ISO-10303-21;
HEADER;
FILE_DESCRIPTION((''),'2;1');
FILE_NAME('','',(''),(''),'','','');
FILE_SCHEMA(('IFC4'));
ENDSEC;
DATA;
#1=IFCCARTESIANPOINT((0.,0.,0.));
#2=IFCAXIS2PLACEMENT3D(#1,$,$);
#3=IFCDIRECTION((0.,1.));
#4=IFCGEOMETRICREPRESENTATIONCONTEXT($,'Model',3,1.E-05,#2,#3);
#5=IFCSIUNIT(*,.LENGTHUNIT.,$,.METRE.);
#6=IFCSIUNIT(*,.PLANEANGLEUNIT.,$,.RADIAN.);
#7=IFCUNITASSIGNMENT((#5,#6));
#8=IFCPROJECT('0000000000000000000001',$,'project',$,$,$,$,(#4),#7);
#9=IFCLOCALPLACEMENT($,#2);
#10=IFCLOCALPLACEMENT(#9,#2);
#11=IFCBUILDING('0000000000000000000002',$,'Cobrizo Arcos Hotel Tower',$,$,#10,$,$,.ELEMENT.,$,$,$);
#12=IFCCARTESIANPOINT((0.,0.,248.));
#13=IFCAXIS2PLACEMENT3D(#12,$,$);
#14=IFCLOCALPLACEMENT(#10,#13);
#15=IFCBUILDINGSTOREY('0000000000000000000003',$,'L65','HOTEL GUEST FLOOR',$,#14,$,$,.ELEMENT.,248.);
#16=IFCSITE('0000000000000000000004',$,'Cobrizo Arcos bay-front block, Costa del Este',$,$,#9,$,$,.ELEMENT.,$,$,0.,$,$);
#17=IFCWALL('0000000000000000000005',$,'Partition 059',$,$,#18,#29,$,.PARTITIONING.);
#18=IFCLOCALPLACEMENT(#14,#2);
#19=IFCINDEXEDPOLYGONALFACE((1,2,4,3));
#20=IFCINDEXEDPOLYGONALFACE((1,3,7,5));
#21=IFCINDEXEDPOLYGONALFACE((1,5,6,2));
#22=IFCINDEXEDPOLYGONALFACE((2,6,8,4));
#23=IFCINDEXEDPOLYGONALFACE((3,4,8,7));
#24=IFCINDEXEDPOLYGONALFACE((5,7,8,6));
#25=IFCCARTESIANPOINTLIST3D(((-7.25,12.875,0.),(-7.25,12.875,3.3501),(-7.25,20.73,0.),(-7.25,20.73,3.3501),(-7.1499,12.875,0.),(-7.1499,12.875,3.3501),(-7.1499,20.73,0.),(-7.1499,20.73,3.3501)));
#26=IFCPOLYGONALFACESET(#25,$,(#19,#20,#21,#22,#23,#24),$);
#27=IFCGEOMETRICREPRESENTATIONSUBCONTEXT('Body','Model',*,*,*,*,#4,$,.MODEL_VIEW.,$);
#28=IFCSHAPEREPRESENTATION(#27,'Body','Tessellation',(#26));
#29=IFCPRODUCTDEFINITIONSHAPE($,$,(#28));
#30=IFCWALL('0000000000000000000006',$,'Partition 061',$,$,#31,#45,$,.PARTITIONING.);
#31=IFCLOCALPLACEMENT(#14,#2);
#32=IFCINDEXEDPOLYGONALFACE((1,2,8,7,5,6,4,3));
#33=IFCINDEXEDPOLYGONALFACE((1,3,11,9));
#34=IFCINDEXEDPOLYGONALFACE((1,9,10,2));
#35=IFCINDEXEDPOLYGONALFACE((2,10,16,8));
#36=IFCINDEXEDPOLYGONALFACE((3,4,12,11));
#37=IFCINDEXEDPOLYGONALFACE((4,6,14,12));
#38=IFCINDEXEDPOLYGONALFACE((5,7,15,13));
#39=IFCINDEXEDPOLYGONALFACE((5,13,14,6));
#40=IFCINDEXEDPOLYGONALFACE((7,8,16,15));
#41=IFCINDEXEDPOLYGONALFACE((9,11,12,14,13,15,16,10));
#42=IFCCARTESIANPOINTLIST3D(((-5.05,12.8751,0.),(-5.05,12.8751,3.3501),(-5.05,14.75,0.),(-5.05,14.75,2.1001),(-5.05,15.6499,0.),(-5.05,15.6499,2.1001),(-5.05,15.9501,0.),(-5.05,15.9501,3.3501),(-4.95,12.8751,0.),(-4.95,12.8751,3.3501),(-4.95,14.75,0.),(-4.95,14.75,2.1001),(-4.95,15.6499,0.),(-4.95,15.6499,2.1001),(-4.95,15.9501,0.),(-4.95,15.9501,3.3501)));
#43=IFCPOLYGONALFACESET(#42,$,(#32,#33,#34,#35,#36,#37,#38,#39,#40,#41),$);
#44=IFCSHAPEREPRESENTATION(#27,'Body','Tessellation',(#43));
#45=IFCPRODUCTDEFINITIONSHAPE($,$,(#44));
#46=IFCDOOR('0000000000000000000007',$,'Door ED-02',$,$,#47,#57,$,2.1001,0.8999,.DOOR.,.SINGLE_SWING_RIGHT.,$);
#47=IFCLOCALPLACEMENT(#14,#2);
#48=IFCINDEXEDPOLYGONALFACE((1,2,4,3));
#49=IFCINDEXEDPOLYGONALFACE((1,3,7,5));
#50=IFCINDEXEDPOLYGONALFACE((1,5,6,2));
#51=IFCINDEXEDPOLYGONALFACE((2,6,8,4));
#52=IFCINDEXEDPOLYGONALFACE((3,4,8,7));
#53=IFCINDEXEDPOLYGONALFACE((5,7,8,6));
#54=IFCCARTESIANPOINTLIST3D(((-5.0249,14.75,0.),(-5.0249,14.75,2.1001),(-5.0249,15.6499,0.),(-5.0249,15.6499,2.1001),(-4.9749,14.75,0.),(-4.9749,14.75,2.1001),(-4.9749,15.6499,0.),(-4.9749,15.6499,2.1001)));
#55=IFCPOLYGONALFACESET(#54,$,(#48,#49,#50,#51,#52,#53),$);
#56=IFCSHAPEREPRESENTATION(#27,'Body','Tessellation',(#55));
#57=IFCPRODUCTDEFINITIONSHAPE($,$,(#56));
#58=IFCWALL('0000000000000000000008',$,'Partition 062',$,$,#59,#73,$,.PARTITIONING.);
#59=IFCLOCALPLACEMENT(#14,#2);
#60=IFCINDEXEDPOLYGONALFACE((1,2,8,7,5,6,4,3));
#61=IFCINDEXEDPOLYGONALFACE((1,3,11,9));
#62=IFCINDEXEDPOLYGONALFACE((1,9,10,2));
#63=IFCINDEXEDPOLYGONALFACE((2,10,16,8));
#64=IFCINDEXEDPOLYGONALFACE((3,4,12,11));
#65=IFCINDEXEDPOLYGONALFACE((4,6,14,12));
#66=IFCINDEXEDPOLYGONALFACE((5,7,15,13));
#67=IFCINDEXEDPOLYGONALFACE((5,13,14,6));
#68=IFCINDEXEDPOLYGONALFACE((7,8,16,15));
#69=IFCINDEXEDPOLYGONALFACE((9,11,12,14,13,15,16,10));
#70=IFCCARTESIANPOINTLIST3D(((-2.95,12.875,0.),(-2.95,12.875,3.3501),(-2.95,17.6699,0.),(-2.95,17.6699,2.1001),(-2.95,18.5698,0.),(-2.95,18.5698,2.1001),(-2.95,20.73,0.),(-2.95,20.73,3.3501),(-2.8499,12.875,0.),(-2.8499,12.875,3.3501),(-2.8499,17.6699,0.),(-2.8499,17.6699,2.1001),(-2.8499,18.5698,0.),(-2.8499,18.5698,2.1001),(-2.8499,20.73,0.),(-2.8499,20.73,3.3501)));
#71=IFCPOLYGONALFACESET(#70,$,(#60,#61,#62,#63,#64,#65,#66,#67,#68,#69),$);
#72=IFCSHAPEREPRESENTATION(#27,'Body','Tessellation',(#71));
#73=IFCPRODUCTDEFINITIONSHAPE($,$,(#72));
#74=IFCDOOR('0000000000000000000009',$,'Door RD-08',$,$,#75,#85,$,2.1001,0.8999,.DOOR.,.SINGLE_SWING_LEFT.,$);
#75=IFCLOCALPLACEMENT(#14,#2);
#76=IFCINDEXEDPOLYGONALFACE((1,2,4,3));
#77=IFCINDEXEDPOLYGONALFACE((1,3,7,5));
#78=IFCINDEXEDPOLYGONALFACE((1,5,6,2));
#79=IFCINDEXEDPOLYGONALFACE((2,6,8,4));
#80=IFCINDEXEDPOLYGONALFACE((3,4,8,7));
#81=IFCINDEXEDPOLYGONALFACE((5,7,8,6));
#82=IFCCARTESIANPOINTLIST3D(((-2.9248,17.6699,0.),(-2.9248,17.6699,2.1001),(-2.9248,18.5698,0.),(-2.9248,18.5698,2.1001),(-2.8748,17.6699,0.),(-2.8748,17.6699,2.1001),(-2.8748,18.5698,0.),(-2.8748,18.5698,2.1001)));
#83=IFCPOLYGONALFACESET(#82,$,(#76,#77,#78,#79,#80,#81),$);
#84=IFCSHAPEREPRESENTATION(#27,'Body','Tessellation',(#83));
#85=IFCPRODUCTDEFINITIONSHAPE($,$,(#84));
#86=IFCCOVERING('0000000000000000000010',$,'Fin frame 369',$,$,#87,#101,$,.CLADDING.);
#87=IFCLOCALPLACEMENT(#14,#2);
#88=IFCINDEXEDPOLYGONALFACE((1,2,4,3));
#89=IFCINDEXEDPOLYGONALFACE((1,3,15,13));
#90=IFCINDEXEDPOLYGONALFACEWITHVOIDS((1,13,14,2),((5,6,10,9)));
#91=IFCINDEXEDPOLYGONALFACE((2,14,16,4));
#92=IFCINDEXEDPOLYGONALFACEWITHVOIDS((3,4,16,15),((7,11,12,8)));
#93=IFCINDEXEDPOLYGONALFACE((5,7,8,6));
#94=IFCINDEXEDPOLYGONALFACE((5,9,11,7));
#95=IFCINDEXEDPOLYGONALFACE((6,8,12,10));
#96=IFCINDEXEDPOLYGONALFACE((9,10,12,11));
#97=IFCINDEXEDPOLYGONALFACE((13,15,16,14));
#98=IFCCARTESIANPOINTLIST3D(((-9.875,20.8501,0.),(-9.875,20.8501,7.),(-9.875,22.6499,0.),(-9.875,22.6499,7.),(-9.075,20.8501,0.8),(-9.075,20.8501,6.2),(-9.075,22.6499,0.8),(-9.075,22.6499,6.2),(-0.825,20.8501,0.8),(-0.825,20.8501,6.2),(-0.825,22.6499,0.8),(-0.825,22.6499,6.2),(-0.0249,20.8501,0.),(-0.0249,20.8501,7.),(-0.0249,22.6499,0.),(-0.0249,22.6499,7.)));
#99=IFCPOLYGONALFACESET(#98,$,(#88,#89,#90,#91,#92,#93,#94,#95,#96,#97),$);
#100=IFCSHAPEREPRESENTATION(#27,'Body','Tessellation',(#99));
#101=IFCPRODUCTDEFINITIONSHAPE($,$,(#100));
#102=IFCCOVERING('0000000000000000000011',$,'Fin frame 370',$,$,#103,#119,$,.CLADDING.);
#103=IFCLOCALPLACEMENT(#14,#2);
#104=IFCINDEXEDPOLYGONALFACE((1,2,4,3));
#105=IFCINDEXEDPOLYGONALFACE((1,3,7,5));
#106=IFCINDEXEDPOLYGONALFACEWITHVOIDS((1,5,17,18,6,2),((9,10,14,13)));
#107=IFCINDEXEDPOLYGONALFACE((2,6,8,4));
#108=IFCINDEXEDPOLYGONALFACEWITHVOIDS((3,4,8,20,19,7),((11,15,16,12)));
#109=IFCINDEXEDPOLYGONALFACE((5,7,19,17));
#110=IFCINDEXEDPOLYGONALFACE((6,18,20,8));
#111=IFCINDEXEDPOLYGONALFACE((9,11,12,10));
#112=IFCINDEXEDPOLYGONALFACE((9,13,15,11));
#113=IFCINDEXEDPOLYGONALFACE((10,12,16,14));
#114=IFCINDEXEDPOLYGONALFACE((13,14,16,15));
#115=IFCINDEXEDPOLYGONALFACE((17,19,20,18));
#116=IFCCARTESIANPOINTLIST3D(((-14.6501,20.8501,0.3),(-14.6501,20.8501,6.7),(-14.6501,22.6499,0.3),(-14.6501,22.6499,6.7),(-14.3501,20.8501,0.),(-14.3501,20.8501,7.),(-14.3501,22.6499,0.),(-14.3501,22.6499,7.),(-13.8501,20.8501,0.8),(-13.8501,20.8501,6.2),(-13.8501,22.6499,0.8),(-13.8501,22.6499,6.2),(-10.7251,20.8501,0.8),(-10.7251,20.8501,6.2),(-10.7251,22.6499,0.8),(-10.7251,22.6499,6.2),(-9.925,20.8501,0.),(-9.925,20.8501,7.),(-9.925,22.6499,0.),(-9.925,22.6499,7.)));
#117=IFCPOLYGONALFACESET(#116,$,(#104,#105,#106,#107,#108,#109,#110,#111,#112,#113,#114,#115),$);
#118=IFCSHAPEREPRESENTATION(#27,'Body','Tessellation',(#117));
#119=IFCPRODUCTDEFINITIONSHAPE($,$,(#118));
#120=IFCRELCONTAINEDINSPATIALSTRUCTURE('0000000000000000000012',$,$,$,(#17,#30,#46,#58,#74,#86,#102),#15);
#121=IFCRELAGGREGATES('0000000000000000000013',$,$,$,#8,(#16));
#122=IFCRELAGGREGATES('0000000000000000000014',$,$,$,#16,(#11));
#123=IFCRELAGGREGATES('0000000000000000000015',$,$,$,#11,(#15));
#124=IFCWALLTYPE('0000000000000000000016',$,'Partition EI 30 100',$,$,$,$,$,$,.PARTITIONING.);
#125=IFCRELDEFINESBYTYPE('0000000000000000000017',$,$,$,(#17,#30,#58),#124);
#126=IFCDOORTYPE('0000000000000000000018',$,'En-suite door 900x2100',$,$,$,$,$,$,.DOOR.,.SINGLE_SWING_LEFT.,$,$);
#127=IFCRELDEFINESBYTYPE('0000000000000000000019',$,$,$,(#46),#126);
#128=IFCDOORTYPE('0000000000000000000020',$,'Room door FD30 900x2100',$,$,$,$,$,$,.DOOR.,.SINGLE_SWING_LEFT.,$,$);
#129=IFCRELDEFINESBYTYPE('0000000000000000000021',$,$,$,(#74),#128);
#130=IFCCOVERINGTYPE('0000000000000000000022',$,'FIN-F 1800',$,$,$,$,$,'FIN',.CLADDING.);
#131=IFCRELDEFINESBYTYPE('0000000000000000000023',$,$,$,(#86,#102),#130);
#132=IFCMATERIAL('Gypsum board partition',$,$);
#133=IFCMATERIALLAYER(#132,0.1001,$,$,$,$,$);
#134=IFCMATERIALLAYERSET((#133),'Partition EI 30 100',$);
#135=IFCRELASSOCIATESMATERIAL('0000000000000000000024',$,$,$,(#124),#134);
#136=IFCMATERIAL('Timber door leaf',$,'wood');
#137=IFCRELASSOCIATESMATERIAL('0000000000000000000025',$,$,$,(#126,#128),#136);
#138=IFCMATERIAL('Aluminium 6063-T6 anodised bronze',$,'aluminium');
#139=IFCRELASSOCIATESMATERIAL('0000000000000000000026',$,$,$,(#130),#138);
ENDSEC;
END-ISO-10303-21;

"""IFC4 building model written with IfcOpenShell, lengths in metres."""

from ifc_helpers import new_model, si_unit, direction, frame, frame_2d, origin, place, context, subcontext, project, spatial, polyline, rectangle, outline, extrude, material, layer, layer_set, type_object, element, fill, save


model = new_model("IFC4")

# Units and contexts
model_context = context("Model", 3, precision=1e-05, world=origin(), true_north=direction((0.0, 1.0)))
body_context = subcontext(model_context, "Body", "Model", "MODEL_VIEW")
ifc_project = project(units=[si_unit("LENGTHUNIT", "METRE"), si_unit("PLANEANGLEUNIT", "RADIAN")], contexts=[model_context])

# Site, building, storey
site_placement = place(None, origin())
site = spatial("IfcSite", under=ifc_project, at=site_placement, Name="Cobrizo Arcos bay-front block, Costa del Este", CompositionType="ELEMENT", RefElevation=0.0)
building_placement = place(site_placement, origin())
building = spatial("IfcBuilding", under=site, at=building_placement, Name="Cobrizo Arcos Hotel Tower", CompositionType="ELEMENT")
storey_placement = place(building_placement, frame((0.0, 0.0, 248.0)))
storey = spatial("IfcBuildingStorey", under=building, at=storey_placement, Name="L65", Description="HOTEL GUEST FLOOR", CompositionType="ELEMENT", Elevation=248.0)

# Shared definitions
ifc_material_1 = material(Name="Aluminium 6063-T6 anodised bronze", Category="aluminium")

# Shared definitions
ifc_material_2 = material(Name="Gypsum board partition")
ifc_layer_1 = layer(ifc_material_2, 0.1001)
ifc_layer_set_1 = layer_set([ifc_layer_1], Name="Partition EI 30 100")
wall_type = type_object("IfcWallType", Name="Partition EI 30 100", PredefinedType="PARTITIONING", material=ifc_layer_set_1)

# Shared definitions
ifc_material_3 = material(Name="Timber door leaf", Category="wood")
door_type_1 = type_object("IfcDoorType", Name="En-suite door 900x2100", OperationType="SINGLE_SWING_LEFT", PredefinedType="DOOR", material=ifc_material_3)

# Wall
wall_1_placement = place(storey_placement, frame((-7.2, 12.875, 0.0), z_axis=(0.0, 0.0, 1.0), x_axis=(0.0, 1.0, 0.0)))
element("IfcWall", 1, at=wall_1_placement, inside=storey, type_object=wall_type, Name="Partition 059", PredefinedType="PARTITIONING", context=body_context, shape_type="SweptSolid", body=[
    extrude(rectangle(XDim=7.855, YDim=0.1001, at=frame_2d((3.9275, 0.0))), origin(), (0.0, 0.0, 1.0), 3.3501),
])

# Walls, openings, doors
wall_2_placement = place(storey_placement, frame((-5.0, 12.875, 0.0), z_axis=(0.0, 0.0, 1.0), x_axis=(0.0, 1.0, 0.0)))
wall_2 = element("IfcWall", 2, at=wall_2_placement, inside=storey, type_object=wall_type, Name="Partition 061", PredefinedType="PARTITIONING", context=body_context, shape_type="SweptSolid", body=[
    extrude(rectangle(XDim=3.075, YDim=0.1001, at=frame_2d((1.5376, 0.0))), origin(), (0.0, 0.0, 1.0), 3.3501),
])
opening_1_placement = place(wall_2_placement, frame((1.875, 0.0, 0.0)))
opening_1 = element("IfcOpeningElement", 3, at=opening_1_placement, cuts=wall_2, PredefinedType="OPENING", context=body_context, shape_type="SweptSolid", body=[
    extrude(rectangle(XDim=0.8999, YDim=2.1001, at=frame_2d((0.45, 1.05))), frame((0.0, 0.062, 0.0), z_axis=(0.0, -1.0, 0.0), x_axis=(1.0, 0.0, 0.0)), (0.0, 0.0, 1.0), 0.124),
])
door_1_placement = place(opening_1_placement, origin())
door_1 = element("IfcDoor", 4, at=door_1_placement, inside=storey, type_object=door_type_1, Name="Door ED-02", OperationType="SINGLE_SWING_RIGHT", OverallHeight=2.1001, OverallWidth=0.8999, PredefinedType="DOOR", context=body_context, shape_type="SweptSolid", body=[
    extrude(rectangle(XDim=0.8999, YDim=2.1001, at=frame_2d((0.45, 1.05))), frame((0.0, 0.0249, 0.0), z_axis=(0.0, -1.0, 0.0), x_axis=(1.0, 0.0, 0.0)), (0.0, 0.0, 1.0), 0.05),
])
fill(opening_1, door_1)
wall_3_placement = place(storey_placement, frame((-2.8999, 12.875, 0.0), z_axis=(0.0, 0.0, 1.0), x_axis=(0.0, 1.0, 0.0)))
wall_3 = element("IfcWall", 5, at=wall_3_placement, inside=storey, type_object=wall_type, Name="Partition 062", PredefinedType="PARTITIONING", context=body_context, shape_type="SweptSolid", body=[
    extrude(rectangle(XDim=7.855, YDim=0.1001, at=frame_2d((3.9275, 0.0))), origin(), (0.0, 0.0, 1.0), 3.3501),
])
opening_2_placement = place(wall_3_placement, frame((4.7949, 0.0, 0.0)))
opening_2 = element("IfcOpeningElement", 6, at=opening_2_placement, cuts=wall_3, PredefinedType="OPENING", context=body_context, shape_type="SweptSolid", body=[
    extrude(rectangle(XDim=0.8999, YDim=2.1001, at=frame_2d((0.45, 1.05))), frame((0.0, 0.062, 0.0), z_axis=(0.0, -1.0, 0.0), x_axis=(1.0, 0.0, 0.0)), (0.0, 0.0, 1.0), 0.124),
])
door_type_2 = type_object("IfcDoorType", Name="Room door FD30 900x2100", OperationType="SINGLE_SWING_LEFT", PredefinedType="DOOR", material=ifc_material_3)
door_2_placement = place(opening_2_placement, origin())
door_2 = element("IfcDoor", 7, at=door_2_placement, inside=storey, type_object=door_type_2, Name="Door RD-08", OperationType="SINGLE_SWING_LEFT", OverallHeight=2.1001, OverallWidth=0.8999, PredefinedType="DOOR", context=body_context, shape_type="SweptSolid", body=[
    extrude(rectangle(XDim=0.8999, YDim=2.1001, at=frame_2d((0.45, 1.05))), frame((0.0, 0.0249, 0.0), z_axis=(0.0, -1.0, 0.0), x_axis=(1.0, 0.0, 0.0)), (0.0, 0.0, 1.0), 0.05),
])
fill(opening_2, door_2)

# Coverings
covering_type = type_object("IfcCoveringType", Name="FIN-F 1800", ElementType="FIN", PredefinedType="CLADDING", material=ifc_material_1)
covering_1_placement = place(storey_placement, frame((-0.0249, 20.8501, 0.0), z_axis=(0.0, 1.0, 0.0), x_axis=(-1.0, 0.0, 0.0)))
element("IfcCovering", 8, at=covering_1_placement, inside=storey, type_object=covering_type, Name="Fin frame 369", PredefinedType="CLADDING", context=body_context, shape_type="SweptSolid", body=[
    extrude(outline(polyline([(0.0, 7.0), (0.0, 0.0), (9.8501, 0.0), (9.8501, 7.0), (0.0, 7.0)]), holes=[polyline([(9.05, 0.8), (0.8, 0.8), (0.8, 6.2), (9.05, 6.2), (9.05, 0.8)])]), origin(), (0.0, 0.0, 1.0), 1.7998),
])
covering_2_placement = place(storey_placement, frame((-9.925, 20.8501, 0.0), z_axis=(0.0, 1.0, 0.0), x_axis=(-1.0, 0.0, 0.0)))
element("IfcCovering", 9, at=covering_2_placement, inside=storey, type_object=covering_type, Name="Fin frame 370", PredefinedType="CLADDING", context=body_context, shape_type="SweptSolid", body=[
    extrude(outline(polyline([(0.0, 7.0), (0.0, 0.0), (4.425, 0.0), (4.7251, 0.3), (4.7251, 6.7), (4.425, 7.0), (0.0, 7.0)]), holes=[polyline([(3.925, 0.8), (0.8, 0.8), (0.8, 6.2), (3.925, 6.2), (3.925, 0.8)])]), origin(), (0.0, 0.0, 1.0), 1.7998),
])

save(model, "model.ifc")
